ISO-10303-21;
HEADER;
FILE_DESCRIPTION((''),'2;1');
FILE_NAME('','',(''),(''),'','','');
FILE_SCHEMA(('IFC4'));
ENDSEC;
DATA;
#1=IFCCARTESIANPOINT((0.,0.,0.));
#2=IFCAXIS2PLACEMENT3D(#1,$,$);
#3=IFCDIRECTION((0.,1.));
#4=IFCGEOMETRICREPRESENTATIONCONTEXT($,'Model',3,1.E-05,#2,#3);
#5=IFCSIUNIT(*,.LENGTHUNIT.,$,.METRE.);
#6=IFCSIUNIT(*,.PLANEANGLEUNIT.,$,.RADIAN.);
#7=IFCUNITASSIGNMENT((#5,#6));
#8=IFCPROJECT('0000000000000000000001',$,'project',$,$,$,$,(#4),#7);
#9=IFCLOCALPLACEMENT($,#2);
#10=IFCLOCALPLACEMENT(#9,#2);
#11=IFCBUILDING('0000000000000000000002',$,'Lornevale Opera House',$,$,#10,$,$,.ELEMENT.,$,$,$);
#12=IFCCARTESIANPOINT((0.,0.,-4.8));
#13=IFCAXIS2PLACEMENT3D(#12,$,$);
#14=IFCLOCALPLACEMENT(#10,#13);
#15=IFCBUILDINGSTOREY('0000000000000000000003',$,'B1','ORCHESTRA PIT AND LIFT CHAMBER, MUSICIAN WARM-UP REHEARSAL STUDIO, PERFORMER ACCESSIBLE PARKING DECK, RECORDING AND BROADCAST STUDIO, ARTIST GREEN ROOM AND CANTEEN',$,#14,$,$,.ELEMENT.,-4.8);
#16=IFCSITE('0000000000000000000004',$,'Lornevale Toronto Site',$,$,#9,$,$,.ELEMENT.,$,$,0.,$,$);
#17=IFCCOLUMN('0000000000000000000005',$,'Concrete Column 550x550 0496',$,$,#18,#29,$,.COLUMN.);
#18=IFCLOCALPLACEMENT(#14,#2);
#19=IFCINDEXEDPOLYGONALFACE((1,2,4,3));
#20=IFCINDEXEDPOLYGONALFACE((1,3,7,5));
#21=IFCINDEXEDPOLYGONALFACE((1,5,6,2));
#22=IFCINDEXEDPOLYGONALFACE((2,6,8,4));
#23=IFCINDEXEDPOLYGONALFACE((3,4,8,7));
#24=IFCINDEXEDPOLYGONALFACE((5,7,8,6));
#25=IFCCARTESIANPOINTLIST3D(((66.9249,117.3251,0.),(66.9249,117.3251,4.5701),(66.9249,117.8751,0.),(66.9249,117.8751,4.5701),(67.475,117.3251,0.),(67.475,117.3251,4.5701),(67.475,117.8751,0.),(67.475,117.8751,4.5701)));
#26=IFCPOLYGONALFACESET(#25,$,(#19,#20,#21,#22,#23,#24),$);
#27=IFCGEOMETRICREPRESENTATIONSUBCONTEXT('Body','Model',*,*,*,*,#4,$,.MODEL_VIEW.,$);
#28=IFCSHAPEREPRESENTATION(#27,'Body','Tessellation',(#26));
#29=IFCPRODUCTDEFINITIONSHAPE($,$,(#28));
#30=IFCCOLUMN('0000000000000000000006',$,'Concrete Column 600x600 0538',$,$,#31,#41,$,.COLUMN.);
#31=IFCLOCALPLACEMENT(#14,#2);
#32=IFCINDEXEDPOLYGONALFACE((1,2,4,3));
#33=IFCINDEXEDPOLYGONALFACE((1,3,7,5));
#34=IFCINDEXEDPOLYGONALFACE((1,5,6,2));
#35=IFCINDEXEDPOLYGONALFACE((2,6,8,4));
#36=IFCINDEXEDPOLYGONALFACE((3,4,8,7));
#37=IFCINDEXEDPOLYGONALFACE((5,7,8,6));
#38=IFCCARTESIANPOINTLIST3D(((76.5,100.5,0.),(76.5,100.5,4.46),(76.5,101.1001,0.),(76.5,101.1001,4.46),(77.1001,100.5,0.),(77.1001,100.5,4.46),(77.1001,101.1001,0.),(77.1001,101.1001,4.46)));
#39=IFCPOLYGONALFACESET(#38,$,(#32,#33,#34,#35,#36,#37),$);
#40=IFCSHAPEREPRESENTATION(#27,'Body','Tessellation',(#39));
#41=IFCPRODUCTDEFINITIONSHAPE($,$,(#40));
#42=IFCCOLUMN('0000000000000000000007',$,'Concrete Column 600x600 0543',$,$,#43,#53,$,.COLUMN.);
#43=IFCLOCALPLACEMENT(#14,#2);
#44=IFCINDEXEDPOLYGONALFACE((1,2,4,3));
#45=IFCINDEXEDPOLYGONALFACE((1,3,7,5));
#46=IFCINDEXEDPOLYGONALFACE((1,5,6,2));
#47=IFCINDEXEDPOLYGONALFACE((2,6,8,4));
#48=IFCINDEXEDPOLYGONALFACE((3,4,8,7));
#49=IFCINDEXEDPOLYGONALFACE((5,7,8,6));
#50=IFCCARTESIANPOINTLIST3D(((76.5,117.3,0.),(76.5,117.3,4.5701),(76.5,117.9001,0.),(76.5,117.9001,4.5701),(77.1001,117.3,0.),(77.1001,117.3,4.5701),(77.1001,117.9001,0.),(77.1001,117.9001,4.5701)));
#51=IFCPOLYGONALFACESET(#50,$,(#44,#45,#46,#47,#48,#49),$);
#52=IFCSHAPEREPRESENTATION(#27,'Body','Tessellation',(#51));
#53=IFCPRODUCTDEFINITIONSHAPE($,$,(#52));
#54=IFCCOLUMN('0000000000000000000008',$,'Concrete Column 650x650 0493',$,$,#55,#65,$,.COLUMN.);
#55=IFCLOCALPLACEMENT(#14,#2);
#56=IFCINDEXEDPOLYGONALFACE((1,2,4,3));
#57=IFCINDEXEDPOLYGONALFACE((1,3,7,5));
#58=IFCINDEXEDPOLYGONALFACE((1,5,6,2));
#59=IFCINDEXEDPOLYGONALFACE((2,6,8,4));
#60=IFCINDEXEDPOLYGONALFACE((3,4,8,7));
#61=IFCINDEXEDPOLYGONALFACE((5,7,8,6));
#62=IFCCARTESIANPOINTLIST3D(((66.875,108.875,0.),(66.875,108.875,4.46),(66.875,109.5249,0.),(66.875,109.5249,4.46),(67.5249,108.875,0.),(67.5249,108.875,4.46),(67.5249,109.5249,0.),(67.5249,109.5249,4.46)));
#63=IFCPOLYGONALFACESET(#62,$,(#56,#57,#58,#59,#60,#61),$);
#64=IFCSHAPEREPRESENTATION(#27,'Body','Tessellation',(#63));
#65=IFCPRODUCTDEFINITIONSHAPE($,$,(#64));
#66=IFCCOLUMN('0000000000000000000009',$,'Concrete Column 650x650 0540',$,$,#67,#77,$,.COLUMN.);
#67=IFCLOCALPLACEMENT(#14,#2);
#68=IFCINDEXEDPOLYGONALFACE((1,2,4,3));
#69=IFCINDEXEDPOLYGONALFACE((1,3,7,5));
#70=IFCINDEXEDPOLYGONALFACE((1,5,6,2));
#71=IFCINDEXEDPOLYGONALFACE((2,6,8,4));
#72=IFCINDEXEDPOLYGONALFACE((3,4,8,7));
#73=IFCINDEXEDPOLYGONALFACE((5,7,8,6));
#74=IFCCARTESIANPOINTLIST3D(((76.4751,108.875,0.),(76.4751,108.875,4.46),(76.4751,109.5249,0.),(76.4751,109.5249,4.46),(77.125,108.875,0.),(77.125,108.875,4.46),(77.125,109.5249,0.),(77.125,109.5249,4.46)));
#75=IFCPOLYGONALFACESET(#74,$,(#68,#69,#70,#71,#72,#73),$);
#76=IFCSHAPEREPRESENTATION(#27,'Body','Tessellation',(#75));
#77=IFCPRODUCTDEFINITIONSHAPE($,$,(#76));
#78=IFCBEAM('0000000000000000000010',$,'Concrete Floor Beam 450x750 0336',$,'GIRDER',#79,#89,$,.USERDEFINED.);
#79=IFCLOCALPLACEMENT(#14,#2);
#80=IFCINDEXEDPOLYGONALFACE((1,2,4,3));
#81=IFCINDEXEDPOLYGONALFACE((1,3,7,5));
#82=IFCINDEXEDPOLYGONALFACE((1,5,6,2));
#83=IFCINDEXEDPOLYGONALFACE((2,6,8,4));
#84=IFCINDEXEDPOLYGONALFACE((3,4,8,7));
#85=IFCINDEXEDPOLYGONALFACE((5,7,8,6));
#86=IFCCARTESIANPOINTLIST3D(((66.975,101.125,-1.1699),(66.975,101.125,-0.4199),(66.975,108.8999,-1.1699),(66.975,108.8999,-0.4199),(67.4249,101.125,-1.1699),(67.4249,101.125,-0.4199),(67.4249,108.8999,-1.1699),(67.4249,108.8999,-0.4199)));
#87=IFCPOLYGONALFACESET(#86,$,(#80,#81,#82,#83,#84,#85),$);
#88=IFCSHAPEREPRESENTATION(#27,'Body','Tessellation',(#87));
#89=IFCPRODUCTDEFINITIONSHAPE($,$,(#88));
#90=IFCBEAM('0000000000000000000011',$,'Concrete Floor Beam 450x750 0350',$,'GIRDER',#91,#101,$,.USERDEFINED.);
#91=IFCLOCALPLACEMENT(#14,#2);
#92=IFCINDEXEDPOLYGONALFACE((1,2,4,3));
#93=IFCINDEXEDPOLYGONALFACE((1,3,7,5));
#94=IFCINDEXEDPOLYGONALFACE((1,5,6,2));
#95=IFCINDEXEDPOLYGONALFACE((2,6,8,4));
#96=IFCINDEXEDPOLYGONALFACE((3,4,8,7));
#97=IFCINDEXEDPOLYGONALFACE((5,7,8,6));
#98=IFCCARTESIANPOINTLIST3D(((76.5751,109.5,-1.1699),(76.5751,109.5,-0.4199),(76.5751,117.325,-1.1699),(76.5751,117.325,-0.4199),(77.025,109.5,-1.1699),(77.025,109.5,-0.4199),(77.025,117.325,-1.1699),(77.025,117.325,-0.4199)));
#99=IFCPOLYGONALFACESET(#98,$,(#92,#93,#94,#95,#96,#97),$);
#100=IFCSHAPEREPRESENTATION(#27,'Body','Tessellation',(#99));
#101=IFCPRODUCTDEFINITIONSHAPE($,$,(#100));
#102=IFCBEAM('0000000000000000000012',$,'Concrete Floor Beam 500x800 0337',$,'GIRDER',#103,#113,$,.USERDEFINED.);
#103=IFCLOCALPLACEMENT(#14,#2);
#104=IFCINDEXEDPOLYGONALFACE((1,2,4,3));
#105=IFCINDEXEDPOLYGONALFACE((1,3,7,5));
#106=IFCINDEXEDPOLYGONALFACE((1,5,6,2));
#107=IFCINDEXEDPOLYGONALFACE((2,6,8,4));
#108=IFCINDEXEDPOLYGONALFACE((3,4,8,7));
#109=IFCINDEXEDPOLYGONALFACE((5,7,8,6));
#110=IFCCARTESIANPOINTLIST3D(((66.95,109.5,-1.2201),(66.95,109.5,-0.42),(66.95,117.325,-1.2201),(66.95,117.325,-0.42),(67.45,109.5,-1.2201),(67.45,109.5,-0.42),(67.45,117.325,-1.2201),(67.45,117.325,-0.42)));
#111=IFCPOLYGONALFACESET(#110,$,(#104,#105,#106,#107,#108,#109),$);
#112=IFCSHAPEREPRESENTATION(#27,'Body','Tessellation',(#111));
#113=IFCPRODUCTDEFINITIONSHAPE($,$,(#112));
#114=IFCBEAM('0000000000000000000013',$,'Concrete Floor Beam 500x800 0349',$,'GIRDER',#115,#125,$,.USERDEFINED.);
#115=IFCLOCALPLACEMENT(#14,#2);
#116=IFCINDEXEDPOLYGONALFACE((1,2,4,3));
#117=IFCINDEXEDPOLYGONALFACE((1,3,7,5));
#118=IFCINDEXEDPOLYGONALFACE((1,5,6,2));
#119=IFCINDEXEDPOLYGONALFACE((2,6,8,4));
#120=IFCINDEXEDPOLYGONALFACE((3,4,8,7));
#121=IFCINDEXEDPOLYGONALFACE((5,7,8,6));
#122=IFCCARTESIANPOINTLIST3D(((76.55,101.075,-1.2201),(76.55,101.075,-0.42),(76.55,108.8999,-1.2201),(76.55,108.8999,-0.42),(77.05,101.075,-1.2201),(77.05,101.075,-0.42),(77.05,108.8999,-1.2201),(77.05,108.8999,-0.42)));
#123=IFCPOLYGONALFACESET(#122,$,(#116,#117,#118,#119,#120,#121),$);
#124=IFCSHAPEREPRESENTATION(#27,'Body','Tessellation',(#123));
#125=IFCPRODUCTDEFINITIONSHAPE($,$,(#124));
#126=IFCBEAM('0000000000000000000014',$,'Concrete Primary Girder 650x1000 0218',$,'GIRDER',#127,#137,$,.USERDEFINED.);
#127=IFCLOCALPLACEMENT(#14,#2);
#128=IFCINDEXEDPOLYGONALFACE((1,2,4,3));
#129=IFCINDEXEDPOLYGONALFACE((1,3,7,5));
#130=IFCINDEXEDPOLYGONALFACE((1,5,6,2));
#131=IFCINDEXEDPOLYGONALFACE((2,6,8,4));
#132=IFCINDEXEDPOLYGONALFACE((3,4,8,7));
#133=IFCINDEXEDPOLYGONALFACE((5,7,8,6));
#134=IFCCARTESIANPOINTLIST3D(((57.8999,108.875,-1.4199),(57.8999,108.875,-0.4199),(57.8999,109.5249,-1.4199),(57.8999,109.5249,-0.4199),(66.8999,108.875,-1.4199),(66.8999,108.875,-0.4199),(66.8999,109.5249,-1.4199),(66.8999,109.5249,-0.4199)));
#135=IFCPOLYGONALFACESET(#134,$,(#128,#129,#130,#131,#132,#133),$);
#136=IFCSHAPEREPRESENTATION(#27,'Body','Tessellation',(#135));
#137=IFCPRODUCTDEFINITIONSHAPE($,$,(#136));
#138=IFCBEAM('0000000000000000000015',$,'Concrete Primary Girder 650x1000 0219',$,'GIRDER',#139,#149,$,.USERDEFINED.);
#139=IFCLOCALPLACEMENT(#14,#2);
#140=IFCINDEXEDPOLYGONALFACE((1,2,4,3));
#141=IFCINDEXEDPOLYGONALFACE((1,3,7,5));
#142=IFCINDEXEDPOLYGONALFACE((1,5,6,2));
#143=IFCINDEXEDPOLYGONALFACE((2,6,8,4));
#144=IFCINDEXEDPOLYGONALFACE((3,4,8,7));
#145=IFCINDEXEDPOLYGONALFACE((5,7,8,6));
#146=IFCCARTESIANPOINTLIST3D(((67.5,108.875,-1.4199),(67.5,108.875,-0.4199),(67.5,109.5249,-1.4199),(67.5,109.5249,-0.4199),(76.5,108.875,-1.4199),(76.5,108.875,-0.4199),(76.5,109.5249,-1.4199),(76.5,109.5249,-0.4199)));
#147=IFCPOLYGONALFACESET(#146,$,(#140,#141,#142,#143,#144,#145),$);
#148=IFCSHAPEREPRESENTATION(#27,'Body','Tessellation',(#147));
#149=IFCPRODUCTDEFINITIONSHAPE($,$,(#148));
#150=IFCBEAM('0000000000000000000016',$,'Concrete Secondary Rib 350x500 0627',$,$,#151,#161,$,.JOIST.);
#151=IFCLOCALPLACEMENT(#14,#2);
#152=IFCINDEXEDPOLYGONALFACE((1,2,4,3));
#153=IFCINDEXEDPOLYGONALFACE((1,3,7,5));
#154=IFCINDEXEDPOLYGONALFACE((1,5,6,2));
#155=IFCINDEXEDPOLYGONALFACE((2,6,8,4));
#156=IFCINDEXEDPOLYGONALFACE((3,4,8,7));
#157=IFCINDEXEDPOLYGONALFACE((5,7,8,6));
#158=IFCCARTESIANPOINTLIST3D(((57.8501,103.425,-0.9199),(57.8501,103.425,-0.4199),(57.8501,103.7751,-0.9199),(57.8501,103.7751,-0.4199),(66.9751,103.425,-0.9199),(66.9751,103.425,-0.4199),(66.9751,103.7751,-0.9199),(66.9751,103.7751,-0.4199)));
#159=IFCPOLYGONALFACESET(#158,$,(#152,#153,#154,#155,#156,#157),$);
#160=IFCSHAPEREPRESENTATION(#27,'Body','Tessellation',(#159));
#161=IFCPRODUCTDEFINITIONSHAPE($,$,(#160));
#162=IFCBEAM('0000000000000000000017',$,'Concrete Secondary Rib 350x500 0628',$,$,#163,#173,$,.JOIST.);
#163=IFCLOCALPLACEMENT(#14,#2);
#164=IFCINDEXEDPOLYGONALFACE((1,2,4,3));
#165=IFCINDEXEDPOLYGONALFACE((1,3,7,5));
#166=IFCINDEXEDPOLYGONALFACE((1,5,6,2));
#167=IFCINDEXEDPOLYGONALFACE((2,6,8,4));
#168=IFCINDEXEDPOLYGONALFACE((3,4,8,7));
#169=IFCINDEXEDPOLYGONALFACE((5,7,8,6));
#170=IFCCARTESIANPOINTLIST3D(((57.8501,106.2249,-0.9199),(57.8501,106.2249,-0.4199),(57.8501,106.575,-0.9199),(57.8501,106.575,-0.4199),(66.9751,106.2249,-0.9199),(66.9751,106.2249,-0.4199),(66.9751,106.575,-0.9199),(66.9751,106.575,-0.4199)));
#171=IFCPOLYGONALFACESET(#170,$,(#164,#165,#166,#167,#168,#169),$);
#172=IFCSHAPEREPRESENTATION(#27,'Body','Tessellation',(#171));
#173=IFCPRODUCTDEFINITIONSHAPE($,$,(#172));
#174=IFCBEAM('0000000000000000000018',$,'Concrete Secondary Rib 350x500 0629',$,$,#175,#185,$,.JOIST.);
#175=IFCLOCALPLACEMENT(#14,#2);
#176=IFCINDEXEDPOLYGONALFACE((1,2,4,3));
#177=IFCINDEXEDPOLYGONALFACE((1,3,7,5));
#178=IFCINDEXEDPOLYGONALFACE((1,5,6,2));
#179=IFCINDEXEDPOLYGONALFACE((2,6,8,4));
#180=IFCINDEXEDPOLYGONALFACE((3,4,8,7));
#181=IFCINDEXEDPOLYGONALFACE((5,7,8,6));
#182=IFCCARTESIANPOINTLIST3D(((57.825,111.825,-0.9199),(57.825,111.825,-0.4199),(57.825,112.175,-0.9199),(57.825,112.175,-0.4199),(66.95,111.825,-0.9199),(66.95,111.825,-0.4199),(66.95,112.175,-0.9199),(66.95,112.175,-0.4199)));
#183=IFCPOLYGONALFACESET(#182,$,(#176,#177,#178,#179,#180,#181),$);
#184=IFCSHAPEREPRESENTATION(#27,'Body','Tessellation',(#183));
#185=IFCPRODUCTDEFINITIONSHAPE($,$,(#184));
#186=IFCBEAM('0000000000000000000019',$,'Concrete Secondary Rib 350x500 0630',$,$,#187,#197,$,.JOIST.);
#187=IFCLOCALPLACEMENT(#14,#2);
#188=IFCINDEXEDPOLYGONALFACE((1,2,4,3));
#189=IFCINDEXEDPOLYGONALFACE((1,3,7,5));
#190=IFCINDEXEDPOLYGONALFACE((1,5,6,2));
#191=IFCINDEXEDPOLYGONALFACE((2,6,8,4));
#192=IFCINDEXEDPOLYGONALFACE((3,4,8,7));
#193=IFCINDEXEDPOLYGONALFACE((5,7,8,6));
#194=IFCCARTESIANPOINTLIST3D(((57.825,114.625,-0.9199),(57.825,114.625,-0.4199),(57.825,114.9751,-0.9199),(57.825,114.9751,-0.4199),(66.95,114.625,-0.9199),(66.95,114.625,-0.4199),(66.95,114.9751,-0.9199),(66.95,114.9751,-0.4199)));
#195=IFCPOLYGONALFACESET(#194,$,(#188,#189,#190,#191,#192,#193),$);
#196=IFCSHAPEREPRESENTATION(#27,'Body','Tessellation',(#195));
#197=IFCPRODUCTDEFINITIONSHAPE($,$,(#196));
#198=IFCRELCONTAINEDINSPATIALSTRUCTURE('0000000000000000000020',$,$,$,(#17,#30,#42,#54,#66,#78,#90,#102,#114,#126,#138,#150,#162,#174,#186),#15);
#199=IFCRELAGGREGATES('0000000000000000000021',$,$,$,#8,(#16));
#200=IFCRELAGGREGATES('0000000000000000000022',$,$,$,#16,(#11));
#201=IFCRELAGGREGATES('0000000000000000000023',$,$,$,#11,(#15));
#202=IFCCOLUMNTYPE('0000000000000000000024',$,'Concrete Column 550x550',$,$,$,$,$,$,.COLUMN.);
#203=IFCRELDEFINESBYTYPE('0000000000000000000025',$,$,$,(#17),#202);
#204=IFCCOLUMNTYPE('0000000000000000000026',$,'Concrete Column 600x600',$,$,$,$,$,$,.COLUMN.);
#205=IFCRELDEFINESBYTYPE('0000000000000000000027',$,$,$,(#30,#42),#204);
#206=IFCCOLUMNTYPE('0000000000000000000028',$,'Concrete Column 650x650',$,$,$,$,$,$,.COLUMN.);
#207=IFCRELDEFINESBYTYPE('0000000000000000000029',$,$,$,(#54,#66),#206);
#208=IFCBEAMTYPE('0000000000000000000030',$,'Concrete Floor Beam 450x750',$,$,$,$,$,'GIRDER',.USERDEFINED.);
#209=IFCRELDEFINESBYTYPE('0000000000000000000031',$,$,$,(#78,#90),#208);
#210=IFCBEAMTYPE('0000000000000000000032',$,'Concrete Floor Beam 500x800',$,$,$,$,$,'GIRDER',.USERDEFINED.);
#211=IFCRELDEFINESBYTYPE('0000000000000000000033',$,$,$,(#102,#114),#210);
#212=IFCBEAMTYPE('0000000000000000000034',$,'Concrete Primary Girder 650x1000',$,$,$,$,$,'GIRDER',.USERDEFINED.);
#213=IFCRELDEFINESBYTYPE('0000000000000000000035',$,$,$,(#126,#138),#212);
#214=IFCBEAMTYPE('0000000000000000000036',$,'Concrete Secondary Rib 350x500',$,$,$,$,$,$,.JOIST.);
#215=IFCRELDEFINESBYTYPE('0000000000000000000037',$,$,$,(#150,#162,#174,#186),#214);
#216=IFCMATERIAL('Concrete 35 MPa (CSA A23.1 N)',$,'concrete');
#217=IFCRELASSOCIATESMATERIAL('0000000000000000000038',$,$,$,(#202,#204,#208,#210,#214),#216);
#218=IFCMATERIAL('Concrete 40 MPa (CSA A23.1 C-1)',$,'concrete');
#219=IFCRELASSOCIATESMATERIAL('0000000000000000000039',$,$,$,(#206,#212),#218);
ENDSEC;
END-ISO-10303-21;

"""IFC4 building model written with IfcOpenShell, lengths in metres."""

from ifc_helpers import new_model, si_unit, direction, frame, origin, origin_2d, place, context, subcontext, project, spatial, rectangle, extrude, material, material_profile, profile_set, type_object, element, save


model = new_model("IFC4")

# Units and contexts
model_context = context("Model", 3, precision=1e-05, world=origin(), true_north=direction((0.0, 1.0)))
body_context = subcontext(model_context, "Body", "Model", "MODEL_VIEW")
ifc_project = project(units=[si_unit("LENGTHUNIT", "METRE"), si_unit("PLANEANGLEUNIT", "RADIAN")], contexts=[model_context])

# Site, building, storey
site_placement = place(None, origin())
site = spatial("IfcSite", under=ifc_project, at=site_placement, Name="Lornevale Toronto Site", CompositionType="ELEMENT", RefElevation=0.0)
building_placement = place(site_placement, origin())
building = spatial("IfcBuilding", under=site, at=building_placement, Name="Lornevale Opera House", CompositionType="ELEMENT")
storey_placement = place(building_placement, frame((0.0, 0.0, -4.8)))
storey = spatial("IfcBuildingStorey", under=building, at=storey_placement, Name="B1", Description="ORCHESTRA PIT AND LIFT CHAMBER, MUSICIAN WARM-UP REHEARSAL STUDIO, PERFORMER ACCESSIBLE PARKING DECK, RECORDING AND BROADCAST STUDIO, ARTIST GREEN ROOM AND CANTEEN", CompositionType="ELEMENT", Elevation=-4.8)

# Columns
ifc_material_1 = material(Name="Concrete 35 MPa (CSA A23.1 N)", Category="concrete")
ifc_material_profile_1 = material_profile(ifc_material_1, rectangle(XDim=0.55, YDim=0.55, at=origin_2d()), Name="RC550x550")
ifc_profile_set_1 = profile_set([ifc_material_profile_1], Name="Concrete 35 MPa (CSA A23.1 N)")
column_type_1 = type_object("IfcColumnType", Name="Concrete Column 550x550", PredefinedType="COLUMN", material=ifc_profile_set_1)
column_1_placement = place(storey_placement, frame((67.2, 117.6001, 0.0), z_axis=(0.0, 0.0, 1.0), x_axis=(1.0, 0.0, 0.0)))
element("IfcColumn", 1, at=column_1_placement, inside=storey, type_object=column_type_1, Name="Concrete Column 550x550 0496", PredefinedType="COLUMN", context=body_context, shape_type="SweptSolid", body=[
    extrude(rectangle(XDim=0.55, YDim=0.55, at=origin_2d()), origin(), (0.0, 0.0, 1.0), 4.5701),
])
ifc_material_profile_2 = material_profile(ifc_material_1, rectangle(XDim=0.6001, YDim=0.6001, at=origin_2d()), Name="RC600x600")
ifc_profile_set_2 = profile_set([ifc_material_profile_2], Name="Concrete 35 MPa (CSA A23.1 N)")
column_type_2 = type_object("IfcColumnType", Name="Concrete Column 600x600", PredefinedType="COLUMN", material=ifc_profile_set_2)
column_2_placement = place(storey_placement, frame((76.8, 100.8, 0.0), z_axis=(0.0, 0.0, 1.0), x_axis=(1.0, 0.0, 0.0)))
element("IfcColumn", 2, at=column_2_placement, inside=storey, type_object=column_type_2, Name="Concrete Column 600x600 0538", PredefinedType="COLUMN", context=body_context, shape_type="SweptSolid", body=[
    extrude(rectangle(XDim=0.6001, YDim=0.6001, at=origin_2d()), origin(), (0.0, 0.0, 1.0), 4.46),
])
column_3_placement = place(storey_placement, frame((76.8, 117.6001, 0.0), z_axis=(0.0, 0.0, 1.0), x_axis=(1.0, 0.0, 0.0)))
element("IfcColumn", 3, at=column_3_placement, inside=storey, type_object=column_type_2, Name="Concrete Column 600x600 0543", PredefinedType="COLUMN", context=body_context, shape_type="SweptSolid", body=[
    extrude(rectangle(XDim=0.6001, YDim=0.6001, at=origin_2d()), origin(), (0.0, 0.0, 1.0), 4.5701),
])
ifc_material_2 = material(Name="Concrete 40 MPa (CSA A23.1 C-1)", Category="concrete")
ifc_material_profile_3 = material_profile(ifc_material_2, rectangle(XDim=0.6499, YDim=0.6499, at=origin_2d()), Name="RC650x650")
ifc_profile_set_3 = profile_set([ifc_material_profile_3], Name="Concrete 40 MPa (CSA A23.1 C-1)")
column_type_3 = type_object("IfcColumnType", Name="Concrete Column 650x650", PredefinedType="COLUMN", material=ifc_profile_set_3)
for number, where, z_axis, x_axis, name in (
    (4, (67.2, 109.2, 0.0), (0.0, 0.0, 1.0), (1.0, 0.0, 0.0), "Concrete Column 650x650 0493"),
    (5, (76.8, 109.2, 0.0), (0.0, 0.0, 1.0), (1.0, 0.0, 0.0), "Concrete Column 650x650 0540"),
):
    element("IfcColumn", number, at=place(storey_placement, frame(where, z_axis=z_axis, x_axis=x_axis)), inside=storey, type_object=column_type_3, Name=name, PredefinedType="COLUMN", context=body_context, shape_type="SweptSolid", body=[
        extrude(rectangle(XDim=0.6499, YDim=0.6499, at=origin_2d()), origin(), (0.0, 0.0, 1.0), 4.46),
    ])

# Beams
ifc_material_profile_4 = material_profile(ifc_material_1, rectangle(XDim=0.45, YDim=0.75, at=origin_2d()), Name="RC450x750")
ifc_profile_set_4 = profile_set([ifc_material_profile_4], Name="Concrete 35 MPa (CSA A23.1 N)")
beam_type_1 = type_object("IfcBeamType", Name="Concrete Floor Beam 450x750", ElementType="GIRDER", PredefinedType="USERDEFINED", material=ifc_profile_set_4)
beam_1_placement = place(storey_placement, frame((67.2, 101.125, -0.7949), z_axis=(0.0, 1.0, 0.0), x_axis=(-1.0, 0.0, 0.0)))
element("IfcBeam", 6, at=beam_1_placement, inside=storey, type_object=beam_type_1, Name="Concrete Floor Beam 450x750 0336", ObjectType="GIRDER", PredefinedType="USERDEFINED", context=body_context, shape_type="SweptSolid", body=[
    extrude(rectangle(XDim=0.45, YDim=0.75, at=origin_2d()), origin(), (0.0, 0.0, 1.0), 7.7749),
])
beam_2_placement = place(storey_placement, frame((76.8, 109.5, -0.7949), z_axis=(0.0, 1.0, 0.0), x_axis=(-1.0, 0.0, 0.0)))
element("IfcBeam", 7, at=beam_2_placement, inside=storey, type_object=beam_type_1, Name="Concrete Floor Beam 450x750 0350", ObjectType="GIRDER", PredefinedType="USERDEFINED", context=body_context, shape_type="SweptSolid", body=[
    extrude(rectangle(XDim=0.45, YDim=0.75, at=origin_2d()), origin(), (0.0, 0.0, 1.0), 7.825),
])
ifc_material_profile_5 = material_profile(ifc_material_1, rectangle(XDim=0.5, YDim=0.8, at=origin_2d()), Name="RC500x800")
ifc_profile_set_5 = profile_set([ifc_material_profile_5], Name="Concrete 35 MPa (CSA A23.1 N)")
beam_type_2 = type_object("IfcBeamType", Name="Concrete Floor Beam 500x800", ElementType="GIRDER", PredefinedType="USERDEFINED", material=ifc_profile_set_5)
for number, where, z_axis, x_axis, name in (
    (8, (67.2, 109.5, -0.8201), (0.0, 1.0, 0.0), (-1.0, 0.0, 0.0), "Concrete Floor Beam 500x800 0337"),
    (9, (76.8, 101.075, -0.8201), (0.0, 1.0, 0.0), (-1.0, 0.0, 0.0), "Concrete Floor Beam 500x800 0349"),
):
    element("IfcBeam", number, at=place(storey_placement, frame(where, z_axis=z_axis, x_axis=x_axis)), inside=storey, type_object=beam_type_2, Name=name, ObjectType="GIRDER", PredefinedType="USERDEFINED", context=body_context, shape_type="SweptSolid", body=[
        extrude(rectangle(XDim=0.5, YDim=0.8, at=origin_2d()), origin(), (0.0, 0.0, 1.0), 7.825),
    ])
ifc_material_profile_6 = material_profile(ifc_material_2, rectangle(XDim=0.6499, YDim=1.0, at=origin_2d()), Name="RC650x1000")
ifc_profile_set_6 = profile_set([ifc_material_profile_6], Name="Concrete 40 MPa (CSA A23.1 C-1)")
beam_type_3 = type_object("IfcBeamType", Name="Concrete Primary Girder 650x1000", ElementType="GIRDER", PredefinedType="USERDEFINED", material=ifc_profile_set_6)
for number, where, z_axis, x_axis, name in (
    (10, (57.8999, 109.2, -0.9199), (1.0, 0.0, 0.0), (0.0, 1.0, 0.0), "Concrete Primary Girder 650x1000 0218"),
    (11, (67.5, 109.2, -0.9199), (1.0, 0.0, 0.0), (0.0, 1.0, 0.0), "Concrete Primary Girder 650x1000 0219"),
):
    element("IfcBeam", number, at=place(storey_placement, frame(where, z_axis=z_axis, x_axis=x_axis)), inside=storey, type_object=beam_type_3, Name=name, ObjectType="GIRDER", PredefinedType="USERDEFINED", context=body_context, shape_type="SweptSolid", body=[
        extrude(rectangle(XDim=0.6499, YDim=1.0, at=origin_2d()), origin(), (0.0, 0.0, 1.0), 9.0),
    ])
ifc_material_profile_7 = material_profile(ifc_material_1, rectangle(XDim=0.3501, YDim=0.5, at=origin_2d()), Name="RC350x500")
ifc_profile_set_7 = profile_set([ifc_material_profile_7], Name="Concrete 35 MPa (CSA A23.1 N)")
beam_type_4 = type_object("IfcBeamType", Name="Concrete Secondary Rib 350x500", PredefinedType="JOIST", material=ifc_profile_set_7)
for number, where, z_axis, x_axis, name in (
    (12, (57.8501, 103.6001, -0.6699), (1.0, 0.0, 0.0), (0.0, 1.0, 0.0), "Concrete Secondary Rib 350x500 0627"),
    (13, (57.8501, 106.3999, -0.6699), (1.0, 0.0, 0.0), (0.0, 1.0, 0.0), "Concrete Secondary Rib 350x500 0628"),
    (14, (57.825, 112.0, -0.6699), (1.0, 0.0, 0.0), (0.0, 1.0, 0.0), "Concrete Secondary Rib 350x500 0629"),
    (15, (57.825, 114.8, -0.6699), (1.0, 0.0, 0.0), (0.0, 1.0, 0.0), "Concrete Secondary Rib 350x500 0630"),
):
    element("IfcBeam", number, at=place(storey_placement, frame(where, z_axis=z_axis, x_axis=x_axis)), inside=storey, type_object=beam_type_4, Name=name, PredefinedType="JOIST", context=body_context, shape_type="SweptSolid", body=[
        extrude(rectangle(XDim=0.3501, YDim=0.5, at=origin_2d()), origin(), (0.0, 0.0, 1.0), 9.125),
    ])

save(model, "model.ifc")
